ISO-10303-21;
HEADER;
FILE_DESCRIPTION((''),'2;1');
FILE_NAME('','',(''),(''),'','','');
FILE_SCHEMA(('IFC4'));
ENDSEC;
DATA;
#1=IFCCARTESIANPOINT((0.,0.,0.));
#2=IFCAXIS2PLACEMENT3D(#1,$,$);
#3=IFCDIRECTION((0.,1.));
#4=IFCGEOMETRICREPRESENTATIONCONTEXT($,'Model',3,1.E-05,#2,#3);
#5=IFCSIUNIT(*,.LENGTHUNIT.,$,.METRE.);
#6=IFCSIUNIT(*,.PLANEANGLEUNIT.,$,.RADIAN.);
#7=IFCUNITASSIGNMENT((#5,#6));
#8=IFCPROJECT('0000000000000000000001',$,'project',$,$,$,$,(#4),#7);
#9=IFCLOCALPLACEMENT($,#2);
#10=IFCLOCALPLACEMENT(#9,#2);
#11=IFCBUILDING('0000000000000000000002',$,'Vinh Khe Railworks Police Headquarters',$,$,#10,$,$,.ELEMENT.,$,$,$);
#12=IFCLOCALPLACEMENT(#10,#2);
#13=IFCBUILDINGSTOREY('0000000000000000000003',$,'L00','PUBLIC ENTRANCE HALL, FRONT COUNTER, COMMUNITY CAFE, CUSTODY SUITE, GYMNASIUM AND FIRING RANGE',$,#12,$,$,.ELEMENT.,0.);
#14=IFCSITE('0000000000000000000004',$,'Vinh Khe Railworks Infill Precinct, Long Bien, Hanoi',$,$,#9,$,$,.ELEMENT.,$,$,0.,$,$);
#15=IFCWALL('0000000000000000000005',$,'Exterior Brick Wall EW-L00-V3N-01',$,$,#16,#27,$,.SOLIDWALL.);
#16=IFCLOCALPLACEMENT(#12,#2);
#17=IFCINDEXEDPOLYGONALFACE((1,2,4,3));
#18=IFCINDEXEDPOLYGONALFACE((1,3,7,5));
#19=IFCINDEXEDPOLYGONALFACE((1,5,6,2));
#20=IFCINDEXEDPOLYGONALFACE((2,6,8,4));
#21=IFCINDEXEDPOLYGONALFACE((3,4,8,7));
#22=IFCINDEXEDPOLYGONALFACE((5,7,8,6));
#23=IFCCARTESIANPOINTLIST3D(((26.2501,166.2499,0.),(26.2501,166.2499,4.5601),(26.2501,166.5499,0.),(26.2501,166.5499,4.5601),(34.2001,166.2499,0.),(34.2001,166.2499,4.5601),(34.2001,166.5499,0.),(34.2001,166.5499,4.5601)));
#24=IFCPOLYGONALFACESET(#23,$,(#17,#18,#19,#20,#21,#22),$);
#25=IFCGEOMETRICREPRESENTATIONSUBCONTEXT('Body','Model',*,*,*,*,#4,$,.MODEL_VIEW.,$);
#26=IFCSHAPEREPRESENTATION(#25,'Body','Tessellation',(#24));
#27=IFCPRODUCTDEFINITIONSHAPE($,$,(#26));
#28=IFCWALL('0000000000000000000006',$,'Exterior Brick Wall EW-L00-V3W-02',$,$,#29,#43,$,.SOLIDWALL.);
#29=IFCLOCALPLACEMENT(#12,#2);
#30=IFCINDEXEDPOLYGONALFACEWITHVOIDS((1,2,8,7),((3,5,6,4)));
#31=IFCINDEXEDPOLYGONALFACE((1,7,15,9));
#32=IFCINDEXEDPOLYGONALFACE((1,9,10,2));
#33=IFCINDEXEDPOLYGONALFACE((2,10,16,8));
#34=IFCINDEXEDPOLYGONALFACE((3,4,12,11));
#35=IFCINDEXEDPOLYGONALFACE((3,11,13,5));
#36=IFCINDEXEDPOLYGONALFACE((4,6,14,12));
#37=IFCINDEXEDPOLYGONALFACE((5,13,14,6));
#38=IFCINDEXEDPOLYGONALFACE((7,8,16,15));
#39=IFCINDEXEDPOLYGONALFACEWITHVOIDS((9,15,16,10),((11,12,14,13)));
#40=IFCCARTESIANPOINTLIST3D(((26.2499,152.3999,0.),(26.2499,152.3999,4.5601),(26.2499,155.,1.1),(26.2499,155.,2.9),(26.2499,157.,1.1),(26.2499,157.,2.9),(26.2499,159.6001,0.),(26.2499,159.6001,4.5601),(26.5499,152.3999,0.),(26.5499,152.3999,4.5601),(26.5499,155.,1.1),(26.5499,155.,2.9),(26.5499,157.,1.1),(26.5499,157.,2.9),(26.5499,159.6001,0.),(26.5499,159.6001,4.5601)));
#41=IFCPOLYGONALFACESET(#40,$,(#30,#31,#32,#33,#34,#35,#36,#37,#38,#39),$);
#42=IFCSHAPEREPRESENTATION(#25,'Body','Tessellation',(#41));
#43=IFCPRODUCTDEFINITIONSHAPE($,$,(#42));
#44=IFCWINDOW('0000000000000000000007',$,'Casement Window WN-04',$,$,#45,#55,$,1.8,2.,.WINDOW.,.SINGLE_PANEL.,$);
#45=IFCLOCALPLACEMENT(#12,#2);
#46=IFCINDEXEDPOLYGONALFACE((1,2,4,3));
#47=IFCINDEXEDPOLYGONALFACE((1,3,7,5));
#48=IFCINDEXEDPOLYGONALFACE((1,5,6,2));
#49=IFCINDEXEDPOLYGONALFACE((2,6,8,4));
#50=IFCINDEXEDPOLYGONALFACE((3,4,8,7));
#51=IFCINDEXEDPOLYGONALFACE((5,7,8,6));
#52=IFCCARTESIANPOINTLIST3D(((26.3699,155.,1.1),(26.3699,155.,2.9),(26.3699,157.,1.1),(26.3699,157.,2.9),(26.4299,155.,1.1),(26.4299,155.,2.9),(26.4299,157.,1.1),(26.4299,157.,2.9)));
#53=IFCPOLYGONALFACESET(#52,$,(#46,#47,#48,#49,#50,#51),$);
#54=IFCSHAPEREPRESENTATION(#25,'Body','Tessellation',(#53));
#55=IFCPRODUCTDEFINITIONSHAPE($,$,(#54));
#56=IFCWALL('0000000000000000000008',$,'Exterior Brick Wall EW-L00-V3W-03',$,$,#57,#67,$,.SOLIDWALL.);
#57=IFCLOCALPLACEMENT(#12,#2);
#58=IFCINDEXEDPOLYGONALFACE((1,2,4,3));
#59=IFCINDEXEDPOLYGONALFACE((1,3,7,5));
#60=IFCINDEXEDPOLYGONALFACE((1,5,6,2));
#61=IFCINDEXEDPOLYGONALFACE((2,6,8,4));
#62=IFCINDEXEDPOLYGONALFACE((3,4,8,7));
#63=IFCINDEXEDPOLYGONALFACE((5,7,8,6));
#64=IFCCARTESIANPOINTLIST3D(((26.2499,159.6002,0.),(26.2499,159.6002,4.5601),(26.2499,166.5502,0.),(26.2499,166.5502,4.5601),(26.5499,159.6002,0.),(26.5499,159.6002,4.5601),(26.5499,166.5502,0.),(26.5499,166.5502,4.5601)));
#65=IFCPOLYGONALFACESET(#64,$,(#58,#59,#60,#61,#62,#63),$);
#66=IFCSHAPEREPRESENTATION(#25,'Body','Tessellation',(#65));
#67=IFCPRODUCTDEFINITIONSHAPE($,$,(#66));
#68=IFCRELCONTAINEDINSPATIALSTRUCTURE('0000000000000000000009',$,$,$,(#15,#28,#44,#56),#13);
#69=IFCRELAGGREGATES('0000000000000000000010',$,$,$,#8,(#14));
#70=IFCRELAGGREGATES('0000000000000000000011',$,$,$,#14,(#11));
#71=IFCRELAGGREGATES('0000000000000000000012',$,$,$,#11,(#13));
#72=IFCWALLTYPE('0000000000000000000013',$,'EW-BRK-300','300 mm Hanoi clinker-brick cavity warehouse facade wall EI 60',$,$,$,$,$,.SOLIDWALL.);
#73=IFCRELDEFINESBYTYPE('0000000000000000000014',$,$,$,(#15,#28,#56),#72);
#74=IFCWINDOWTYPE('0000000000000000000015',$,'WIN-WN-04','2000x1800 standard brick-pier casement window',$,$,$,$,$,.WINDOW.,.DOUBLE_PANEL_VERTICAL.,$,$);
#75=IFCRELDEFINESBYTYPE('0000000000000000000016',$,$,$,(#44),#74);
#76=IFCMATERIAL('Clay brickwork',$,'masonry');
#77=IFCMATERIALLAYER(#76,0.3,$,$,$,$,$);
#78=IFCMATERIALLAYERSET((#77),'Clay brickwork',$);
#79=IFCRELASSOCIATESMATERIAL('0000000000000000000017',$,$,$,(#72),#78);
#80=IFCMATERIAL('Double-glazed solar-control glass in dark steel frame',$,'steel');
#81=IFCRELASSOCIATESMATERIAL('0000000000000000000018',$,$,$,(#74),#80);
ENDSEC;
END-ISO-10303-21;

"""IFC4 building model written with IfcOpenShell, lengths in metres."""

from ifc_helpers import new_model, si_unit, direction, frame, frame_2d, origin, place, context, subcontext, project, spatial, rectangle, extrude, material, layer, layer_set, type_object, element, fill, save


model = new_model("IFC4")

# Units and contexts
model_context = context("Model", 3, precision=1e-05, world=origin(), true_north=direction((0.0, 1.0)))
body_context = subcontext(model_context, "Body", "Model", "MODEL_VIEW")
ifc_project = project(units=[si_unit("LENGTHUNIT", "METRE"), si_unit("PLANEANGLEUNIT", "RADIAN")], contexts=[model_context])

# Site, building, storey
site_placement = place(None, origin())
site = spatial("IfcSite", under=ifc_project, at=site_placement, Name="Vinh Khe Railworks Infill Precinct, Long Bien, Hanoi", CompositionType="ELEMENT", RefElevation=0.0)
building_placement = place(site_placement, origin())
building = spatial("IfcBuilding", under=site, at=building_placement, Name="Vinh Khe Railworks Police Headquarters", CompositionType="ELEMENT")
storey_placement = place(building_placement, origin())
storey = spatial("IfcBuildingStorey", under=building, at=storey_placement, Name="L00", Description="PUBLIC ENTRANCE HALL, FRONT COUNTER, COMMUNITY CAFE, CUSTODY SUITE, GYMNASIUM AND FIRING RANGE", CompositionType="ELEMENT", Elevation=0.0)

# Wall
ifc_material_1 = material(Name="Clay brickwork", Category="masonry")
ifc_layer = layer(ifc_material_1, 0.3)
ifc_layer_set = layer_set([ifc_layer], Name="Clay brickwork")
wall_type = type_object("IfcWallType", Name="EW-BRK-300", Description="300 mm Hanoi clinker-brick cavity warehouse facade wall EI 60", PredefinedType="SOLIDWALL", material=ifc_layer_set)
wall_1_placement = place(storey_placement, frame((26.25, 166.3999, 0.0), z_axis=(0.0, 0.0, 1.0), x_axis=(1.0, 0.0, 0.0)))
element("IfcWall", 1, at=wall_1_placement, inside=storey, type_object=wall_type, Name="Exterior Brick Wall EW-L00-V3N-01", PredefinedType="SOLIDWALL", context=body_context, shape_type="SweptSolid", body=[
    extrude(rectangle(XDim=7.95, YDim=0.3, at=frame_2d((3.9751, 0.0))), origin(), (0.0, 0.0, 1.0), 4.5601),
])

# Wall, opening, window
wall_2_placement = place(storey_placement, frame((26.3999, 152.3999, 0.0), z_axis=(0.0, 0.0, 1.0), x_axis=(0.0, 1.0, 0.0)))
wall_2 = element("IfcWall", 2, at=wall_2_placement, inside=storey, type_object=wall_type, Name="Exterior Brick Wall EW-L00-V3W-02", PredefinedType="SOLIDWALL", context=body_context, shape_type="SweptSolid", body=[
    extrude(rectangle(XDim=7.2002, YDim=0.3, at=frame_2d((3.6001, 0.0))), origin(), (0.0, 0.0, 1.0), 4.5601),
])
opening_placement = place(wall_2_placement, frame((2.6001, 0.0, 1.1001)))
opening = element("IfcOpeningElement", 3, at=opening_placement, cuts=wall_2, PredefinedType="OPENING", context=body_context, shape_type="SweptSolid", body=[
    extrude(rectangle(XDim=2.0, YDim=1.8, at=frame_2d((1.0, 0.8999))), frame((0.0, 0.165, 0.0), z_axis=(0.0, -1.0, 0.0), x_axis=(1.0, 0.0, 0.0)), (0.0, 0.0, 1.0), 0.3298),
])
ifc_material_2 = material(Name="Double-glazed solar-control glass in dark steel frame", Category="steel")
window_type = type_object("IfcWindowType", Name="WIN-WN-04", Description="2000x1800 standard brick-pier casement window", PartitioningType="DOUBLE_PANEL_VERTICAL", PredefinedType="WINDOW", material=ifc_material_2)
window_placement = place(opening_placement, origin())
window = element("IfcWindow", 4, at=window_placement, inside=storey, type_object=window_type, Name="Casement Window WN-04", OverallHeight=1.8, OverallWidth=2.0, PartitioningType="SINGLE_PANEL", PredefinedType="WINDOW", context=body_context, shape_type="SweptSolid", body=[
    extrude(rectangle(XDim=2.0, YDim=1.8, at=frame_2d((1.0, 0.8999))), frame((0.0, 0.03, 0.0), z_axis=(0.0, -1.0, 0.0), x_axis=(1.0, 0.0, 0.0)), (0.0, 0.0, 1.0), 0.0601),
])
fill(opening, window)

# Wall
wall_3_placement = place(storey_placement, frame((26.3999, 159.6001, 0.0), z_axis=(0.0, 0.0, 1.0), x_axis=(0.0, 1.0, 0.0)))
element("IfcWall", 5, at=wall_3_placement, inside=storey, type_object=wall_type, Name="Exterior Brick Wall EW-L00-V3W-03", PredefinedType="SOLIDWALL", context=body_context, shape_type="SweptSolid", body=[
    extrude(rectangle(XDim=6.95, YDim=0.3, at=frame_2d((3.4751, 0.0))), origin(), (0.0, 0.0, 1.0), 4.5601),
])

save(model, "model.ifc")
